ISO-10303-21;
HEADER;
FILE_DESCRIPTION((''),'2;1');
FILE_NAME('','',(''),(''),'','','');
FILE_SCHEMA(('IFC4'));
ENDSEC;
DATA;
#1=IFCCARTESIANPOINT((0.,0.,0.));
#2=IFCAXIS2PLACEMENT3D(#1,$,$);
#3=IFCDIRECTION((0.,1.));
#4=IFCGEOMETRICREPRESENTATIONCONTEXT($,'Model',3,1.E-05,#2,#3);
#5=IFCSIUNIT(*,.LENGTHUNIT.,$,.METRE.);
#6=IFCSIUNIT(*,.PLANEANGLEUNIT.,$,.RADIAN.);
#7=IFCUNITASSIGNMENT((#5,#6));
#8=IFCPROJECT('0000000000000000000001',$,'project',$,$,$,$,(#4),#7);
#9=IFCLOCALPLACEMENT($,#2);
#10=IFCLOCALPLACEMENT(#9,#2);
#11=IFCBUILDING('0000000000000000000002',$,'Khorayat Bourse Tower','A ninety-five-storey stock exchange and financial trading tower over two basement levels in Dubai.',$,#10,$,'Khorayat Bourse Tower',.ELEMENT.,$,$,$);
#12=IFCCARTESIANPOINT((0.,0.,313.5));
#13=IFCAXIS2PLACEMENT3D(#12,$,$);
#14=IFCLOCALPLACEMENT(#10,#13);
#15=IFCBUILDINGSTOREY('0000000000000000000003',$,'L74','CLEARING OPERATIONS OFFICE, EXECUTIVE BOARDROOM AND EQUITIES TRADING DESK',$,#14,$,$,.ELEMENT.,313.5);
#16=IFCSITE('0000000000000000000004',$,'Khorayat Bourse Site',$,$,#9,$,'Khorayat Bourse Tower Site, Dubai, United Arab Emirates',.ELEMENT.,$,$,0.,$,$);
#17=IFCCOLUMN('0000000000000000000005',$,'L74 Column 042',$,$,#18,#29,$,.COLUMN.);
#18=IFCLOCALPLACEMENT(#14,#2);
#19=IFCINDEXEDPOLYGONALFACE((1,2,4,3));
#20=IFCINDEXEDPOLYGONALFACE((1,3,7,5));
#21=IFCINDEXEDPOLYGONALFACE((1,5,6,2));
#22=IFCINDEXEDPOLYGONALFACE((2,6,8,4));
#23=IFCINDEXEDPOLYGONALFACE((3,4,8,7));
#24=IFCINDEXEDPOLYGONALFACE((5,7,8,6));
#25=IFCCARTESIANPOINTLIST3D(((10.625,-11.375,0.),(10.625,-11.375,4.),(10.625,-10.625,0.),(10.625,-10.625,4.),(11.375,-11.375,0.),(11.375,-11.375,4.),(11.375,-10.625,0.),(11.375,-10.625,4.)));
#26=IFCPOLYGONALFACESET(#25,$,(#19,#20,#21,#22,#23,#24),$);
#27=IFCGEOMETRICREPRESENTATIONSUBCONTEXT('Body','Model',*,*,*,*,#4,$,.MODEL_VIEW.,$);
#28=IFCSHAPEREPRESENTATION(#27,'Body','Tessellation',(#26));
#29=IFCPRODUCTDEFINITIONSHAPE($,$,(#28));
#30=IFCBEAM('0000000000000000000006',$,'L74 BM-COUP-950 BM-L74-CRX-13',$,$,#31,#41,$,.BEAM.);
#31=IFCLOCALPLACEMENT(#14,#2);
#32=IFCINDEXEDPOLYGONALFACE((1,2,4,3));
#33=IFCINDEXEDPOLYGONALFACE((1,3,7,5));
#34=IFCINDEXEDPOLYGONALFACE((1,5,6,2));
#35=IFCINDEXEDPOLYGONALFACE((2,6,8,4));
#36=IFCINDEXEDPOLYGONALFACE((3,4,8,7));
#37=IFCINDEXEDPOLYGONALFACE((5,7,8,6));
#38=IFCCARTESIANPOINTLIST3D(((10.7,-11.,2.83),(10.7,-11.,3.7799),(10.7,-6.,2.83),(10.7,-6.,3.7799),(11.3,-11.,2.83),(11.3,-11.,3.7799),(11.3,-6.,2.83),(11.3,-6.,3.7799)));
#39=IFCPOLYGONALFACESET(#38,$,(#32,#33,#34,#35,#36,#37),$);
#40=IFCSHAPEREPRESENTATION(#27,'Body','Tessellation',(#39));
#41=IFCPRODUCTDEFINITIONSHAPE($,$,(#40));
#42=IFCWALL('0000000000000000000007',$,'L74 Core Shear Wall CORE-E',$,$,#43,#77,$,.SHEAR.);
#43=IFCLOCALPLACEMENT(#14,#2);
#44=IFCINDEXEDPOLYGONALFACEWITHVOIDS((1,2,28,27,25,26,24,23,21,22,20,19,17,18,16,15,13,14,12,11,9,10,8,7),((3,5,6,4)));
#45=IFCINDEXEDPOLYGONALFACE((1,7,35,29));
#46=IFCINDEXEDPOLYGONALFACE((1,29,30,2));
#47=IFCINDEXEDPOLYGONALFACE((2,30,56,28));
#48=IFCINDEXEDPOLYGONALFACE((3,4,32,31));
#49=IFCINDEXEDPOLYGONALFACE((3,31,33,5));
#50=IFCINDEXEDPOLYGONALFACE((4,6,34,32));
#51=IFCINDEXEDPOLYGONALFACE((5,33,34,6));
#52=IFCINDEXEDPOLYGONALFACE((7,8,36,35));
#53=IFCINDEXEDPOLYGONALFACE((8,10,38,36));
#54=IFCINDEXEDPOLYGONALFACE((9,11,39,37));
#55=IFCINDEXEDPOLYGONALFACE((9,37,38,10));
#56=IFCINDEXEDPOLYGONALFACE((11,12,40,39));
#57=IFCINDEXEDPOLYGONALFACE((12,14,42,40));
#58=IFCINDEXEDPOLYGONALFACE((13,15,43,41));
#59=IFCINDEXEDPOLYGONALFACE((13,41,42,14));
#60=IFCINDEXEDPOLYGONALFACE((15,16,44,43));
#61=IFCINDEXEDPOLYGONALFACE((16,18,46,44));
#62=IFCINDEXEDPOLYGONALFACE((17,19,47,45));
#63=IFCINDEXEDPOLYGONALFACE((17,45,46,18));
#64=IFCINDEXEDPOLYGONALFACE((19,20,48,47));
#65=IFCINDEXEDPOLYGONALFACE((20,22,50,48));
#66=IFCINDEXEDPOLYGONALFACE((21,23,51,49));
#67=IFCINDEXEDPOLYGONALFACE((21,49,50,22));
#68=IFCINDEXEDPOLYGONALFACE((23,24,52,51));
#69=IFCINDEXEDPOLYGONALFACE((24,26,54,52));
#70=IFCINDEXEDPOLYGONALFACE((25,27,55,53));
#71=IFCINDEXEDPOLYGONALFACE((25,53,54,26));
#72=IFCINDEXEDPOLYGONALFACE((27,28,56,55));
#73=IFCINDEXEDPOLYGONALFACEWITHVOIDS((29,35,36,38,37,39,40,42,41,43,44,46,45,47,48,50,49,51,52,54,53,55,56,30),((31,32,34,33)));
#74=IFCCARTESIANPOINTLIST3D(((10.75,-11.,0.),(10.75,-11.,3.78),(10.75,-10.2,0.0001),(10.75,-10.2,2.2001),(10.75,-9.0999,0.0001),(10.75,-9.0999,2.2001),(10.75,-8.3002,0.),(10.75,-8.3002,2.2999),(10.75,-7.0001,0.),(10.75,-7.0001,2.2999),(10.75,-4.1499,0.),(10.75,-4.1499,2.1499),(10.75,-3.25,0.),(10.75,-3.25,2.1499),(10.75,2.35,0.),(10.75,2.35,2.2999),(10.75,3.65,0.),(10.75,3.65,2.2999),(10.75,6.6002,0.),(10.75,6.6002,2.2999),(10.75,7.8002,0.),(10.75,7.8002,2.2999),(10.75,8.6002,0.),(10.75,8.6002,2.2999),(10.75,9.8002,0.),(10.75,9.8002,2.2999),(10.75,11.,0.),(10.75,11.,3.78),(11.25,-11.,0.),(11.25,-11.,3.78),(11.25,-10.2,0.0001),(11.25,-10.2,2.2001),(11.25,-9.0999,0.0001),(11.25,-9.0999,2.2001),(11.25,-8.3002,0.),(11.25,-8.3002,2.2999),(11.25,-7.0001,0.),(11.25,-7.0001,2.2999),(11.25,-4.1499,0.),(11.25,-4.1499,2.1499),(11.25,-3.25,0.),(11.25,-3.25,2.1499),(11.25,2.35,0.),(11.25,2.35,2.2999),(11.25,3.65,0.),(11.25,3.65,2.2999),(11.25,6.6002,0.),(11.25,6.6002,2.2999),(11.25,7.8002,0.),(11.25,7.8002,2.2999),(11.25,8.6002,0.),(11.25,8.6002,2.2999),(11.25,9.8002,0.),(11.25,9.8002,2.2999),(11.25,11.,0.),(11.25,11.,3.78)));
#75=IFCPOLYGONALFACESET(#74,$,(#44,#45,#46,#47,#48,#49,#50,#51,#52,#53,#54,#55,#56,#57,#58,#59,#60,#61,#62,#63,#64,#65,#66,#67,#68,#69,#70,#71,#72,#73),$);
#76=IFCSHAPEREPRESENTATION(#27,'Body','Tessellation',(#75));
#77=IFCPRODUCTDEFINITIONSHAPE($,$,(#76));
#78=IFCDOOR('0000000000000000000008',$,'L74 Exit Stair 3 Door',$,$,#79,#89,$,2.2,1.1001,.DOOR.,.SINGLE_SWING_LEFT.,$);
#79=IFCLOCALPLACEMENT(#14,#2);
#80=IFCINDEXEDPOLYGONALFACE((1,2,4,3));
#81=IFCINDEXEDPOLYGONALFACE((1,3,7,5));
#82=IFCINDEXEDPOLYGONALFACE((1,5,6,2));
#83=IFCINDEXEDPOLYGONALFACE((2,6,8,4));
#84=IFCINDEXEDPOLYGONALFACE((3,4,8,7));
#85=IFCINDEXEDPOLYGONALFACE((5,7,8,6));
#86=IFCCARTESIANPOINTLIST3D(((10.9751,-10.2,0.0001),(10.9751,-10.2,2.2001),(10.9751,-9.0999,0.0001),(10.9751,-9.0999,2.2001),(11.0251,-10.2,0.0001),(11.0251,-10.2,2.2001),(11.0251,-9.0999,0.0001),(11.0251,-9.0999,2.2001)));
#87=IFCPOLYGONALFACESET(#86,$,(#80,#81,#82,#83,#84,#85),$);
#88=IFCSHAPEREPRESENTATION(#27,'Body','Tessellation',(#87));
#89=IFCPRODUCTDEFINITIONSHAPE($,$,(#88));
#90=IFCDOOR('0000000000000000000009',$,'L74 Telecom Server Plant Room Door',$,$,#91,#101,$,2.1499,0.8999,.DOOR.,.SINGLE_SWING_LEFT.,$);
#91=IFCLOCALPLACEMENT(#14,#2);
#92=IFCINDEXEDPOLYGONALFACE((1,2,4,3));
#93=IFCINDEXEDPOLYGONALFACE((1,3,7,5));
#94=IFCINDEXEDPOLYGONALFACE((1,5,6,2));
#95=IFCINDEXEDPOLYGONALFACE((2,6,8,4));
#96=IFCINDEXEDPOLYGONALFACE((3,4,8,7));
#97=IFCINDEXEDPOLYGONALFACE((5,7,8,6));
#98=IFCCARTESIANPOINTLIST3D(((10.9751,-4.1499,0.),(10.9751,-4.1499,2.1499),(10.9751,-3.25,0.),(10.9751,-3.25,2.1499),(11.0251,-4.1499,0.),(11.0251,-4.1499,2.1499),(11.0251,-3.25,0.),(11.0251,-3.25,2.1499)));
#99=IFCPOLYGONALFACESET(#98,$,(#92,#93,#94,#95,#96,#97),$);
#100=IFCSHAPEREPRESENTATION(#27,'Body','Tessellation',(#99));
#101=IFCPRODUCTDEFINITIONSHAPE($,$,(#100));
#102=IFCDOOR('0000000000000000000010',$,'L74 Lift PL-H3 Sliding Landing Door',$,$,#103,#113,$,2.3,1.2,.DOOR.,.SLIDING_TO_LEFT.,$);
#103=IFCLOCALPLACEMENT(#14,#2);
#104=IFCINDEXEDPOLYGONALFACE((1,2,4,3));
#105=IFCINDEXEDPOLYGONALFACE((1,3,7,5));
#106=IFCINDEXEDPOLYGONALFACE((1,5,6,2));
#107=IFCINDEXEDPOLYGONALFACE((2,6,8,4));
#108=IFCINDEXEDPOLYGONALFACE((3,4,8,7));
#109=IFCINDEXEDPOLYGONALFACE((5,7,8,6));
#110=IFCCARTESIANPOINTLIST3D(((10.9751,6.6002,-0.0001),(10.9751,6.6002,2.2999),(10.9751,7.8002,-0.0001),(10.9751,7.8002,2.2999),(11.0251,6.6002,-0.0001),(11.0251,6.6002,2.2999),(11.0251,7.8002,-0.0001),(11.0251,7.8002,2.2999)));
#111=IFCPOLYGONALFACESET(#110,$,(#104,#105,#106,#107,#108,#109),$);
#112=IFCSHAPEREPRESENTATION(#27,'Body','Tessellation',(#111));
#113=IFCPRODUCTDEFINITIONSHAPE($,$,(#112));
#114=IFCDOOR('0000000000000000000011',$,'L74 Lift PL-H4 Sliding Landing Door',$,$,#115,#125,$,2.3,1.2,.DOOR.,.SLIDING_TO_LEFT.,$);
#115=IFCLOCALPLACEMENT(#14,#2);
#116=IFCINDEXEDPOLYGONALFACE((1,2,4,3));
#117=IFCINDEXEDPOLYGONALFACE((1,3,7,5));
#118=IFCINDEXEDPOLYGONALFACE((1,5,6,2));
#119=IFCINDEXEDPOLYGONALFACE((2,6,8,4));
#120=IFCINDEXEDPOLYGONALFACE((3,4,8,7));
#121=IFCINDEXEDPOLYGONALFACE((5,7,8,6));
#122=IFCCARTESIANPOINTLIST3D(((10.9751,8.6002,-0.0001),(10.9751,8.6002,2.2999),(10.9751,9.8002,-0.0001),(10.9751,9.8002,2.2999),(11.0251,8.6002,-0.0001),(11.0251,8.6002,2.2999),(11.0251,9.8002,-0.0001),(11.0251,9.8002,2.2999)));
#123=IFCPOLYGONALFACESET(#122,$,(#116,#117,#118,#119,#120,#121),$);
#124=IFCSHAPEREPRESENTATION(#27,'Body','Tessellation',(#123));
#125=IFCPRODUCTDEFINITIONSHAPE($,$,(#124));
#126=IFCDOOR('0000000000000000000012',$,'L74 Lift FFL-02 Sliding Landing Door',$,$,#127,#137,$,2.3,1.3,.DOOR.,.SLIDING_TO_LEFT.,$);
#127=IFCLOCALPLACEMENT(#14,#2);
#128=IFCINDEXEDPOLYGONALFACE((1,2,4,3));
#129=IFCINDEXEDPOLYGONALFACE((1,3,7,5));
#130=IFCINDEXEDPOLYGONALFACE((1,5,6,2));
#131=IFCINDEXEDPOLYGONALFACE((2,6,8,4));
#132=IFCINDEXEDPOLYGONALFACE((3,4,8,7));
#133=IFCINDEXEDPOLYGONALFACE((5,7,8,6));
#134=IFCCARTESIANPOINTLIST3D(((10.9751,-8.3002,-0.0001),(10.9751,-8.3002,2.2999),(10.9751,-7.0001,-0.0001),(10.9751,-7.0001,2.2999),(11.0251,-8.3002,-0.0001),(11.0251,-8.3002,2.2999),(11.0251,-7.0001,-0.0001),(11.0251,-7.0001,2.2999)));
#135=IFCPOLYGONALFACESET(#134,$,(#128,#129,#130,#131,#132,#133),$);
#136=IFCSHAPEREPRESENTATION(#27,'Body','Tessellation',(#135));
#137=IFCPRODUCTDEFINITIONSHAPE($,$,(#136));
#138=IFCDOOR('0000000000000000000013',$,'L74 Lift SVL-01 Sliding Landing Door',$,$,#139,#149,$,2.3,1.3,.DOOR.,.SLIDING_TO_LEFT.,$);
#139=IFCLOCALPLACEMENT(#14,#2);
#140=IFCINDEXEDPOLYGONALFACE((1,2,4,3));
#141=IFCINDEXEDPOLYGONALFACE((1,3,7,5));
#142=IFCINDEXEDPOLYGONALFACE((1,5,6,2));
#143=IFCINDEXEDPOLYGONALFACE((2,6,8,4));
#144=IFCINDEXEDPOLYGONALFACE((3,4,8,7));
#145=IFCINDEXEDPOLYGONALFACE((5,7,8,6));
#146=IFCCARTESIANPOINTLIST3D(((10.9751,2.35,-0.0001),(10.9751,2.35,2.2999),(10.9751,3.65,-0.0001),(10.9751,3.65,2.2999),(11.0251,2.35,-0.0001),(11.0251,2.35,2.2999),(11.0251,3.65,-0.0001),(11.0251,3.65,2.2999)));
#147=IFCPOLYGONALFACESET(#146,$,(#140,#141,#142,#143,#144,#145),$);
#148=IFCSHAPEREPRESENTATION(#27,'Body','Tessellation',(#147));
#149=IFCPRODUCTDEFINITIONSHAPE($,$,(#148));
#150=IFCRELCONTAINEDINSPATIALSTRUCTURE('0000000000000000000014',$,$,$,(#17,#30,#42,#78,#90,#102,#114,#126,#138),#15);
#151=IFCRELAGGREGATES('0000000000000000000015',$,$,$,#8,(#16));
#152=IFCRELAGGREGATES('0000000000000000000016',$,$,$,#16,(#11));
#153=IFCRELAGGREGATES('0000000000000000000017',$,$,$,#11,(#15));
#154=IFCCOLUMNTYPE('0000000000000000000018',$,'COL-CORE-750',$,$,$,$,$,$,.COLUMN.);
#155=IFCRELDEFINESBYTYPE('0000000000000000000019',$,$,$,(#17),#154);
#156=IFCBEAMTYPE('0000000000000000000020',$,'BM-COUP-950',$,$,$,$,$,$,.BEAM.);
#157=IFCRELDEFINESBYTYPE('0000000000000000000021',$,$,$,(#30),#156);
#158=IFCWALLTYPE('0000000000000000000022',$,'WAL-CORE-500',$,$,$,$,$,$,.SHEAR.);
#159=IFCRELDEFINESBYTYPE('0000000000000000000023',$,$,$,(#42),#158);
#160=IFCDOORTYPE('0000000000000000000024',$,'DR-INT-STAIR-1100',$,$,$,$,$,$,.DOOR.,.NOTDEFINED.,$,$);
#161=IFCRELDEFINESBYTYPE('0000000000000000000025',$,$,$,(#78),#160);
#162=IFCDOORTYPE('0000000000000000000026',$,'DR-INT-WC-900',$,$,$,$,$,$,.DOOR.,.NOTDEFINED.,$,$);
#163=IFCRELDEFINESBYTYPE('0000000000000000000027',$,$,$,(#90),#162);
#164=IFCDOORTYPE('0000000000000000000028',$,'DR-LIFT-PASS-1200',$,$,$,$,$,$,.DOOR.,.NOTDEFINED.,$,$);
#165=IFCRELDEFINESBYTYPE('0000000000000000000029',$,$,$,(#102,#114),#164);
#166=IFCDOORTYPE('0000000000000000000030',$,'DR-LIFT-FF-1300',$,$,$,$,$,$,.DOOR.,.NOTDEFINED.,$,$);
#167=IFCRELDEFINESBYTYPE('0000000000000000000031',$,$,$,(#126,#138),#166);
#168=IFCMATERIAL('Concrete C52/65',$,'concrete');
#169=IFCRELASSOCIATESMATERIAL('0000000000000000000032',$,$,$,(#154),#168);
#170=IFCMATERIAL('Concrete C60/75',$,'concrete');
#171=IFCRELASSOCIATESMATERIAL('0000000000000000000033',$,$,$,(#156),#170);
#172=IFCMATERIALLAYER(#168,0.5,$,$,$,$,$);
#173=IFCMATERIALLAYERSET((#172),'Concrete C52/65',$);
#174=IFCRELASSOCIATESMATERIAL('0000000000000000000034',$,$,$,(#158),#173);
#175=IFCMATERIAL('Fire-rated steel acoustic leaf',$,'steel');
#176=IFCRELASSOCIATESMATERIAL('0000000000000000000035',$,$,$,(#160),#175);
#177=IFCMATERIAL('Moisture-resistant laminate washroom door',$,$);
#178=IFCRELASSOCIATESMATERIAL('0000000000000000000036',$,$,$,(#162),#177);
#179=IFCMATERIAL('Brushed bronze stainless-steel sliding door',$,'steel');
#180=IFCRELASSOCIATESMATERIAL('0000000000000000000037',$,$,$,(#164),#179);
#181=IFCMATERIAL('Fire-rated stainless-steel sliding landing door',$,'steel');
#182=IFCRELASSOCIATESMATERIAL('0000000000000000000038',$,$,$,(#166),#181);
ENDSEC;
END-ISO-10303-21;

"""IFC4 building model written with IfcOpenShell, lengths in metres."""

from ifc_helpers import new_model, si_unit, direction, frame, frame_2d, origin, origin_2d, place, context, subcontext, project, spatial, rectangle, extrude, source, transform, mapped, material, layer, layer_set, material_profile, profile_set, type_object, element, fill, save


model = new_model("IFC4")

# Units and contexts
model_context = context("Model", 3, precision=1e-05, world=origin(), true_north=direction((0.0, 1.0)))
body_context = subcontext(model_context, "Body", "Model", "MODEL_VIEW")
ifc_project = project(units=[si_unit("LENGTHUNIT", "METRE"), si_unit("PLANEANGLEUNIT", "RADIAN")], contexts=[model_context])

# Site, building, storey
site_placement = place(None, origin())
site = spatial("IfcSite", under=ifc_project, at=site_placement, Name="Khorayat Bourse Site", LongName="Khorayat Bourse Tower Site, Dubai, United Arab Emirates", CompositionType="ELEMENT", RefElevation=0.0)
building_placement = place(site_placement, origin())
building = spatial("IfcBuilding", under=site, at=building_placement, Name="Khorayat Bourse Tower", Description="A ninety-five-storey stock exchange and financial trading tower over two basement levels in Dubai.", LongName="Khorayat Bourse Tower", CompositionType="ELEMENT")
storey_placement = place(building_placement, frame((0.0, 0.0, 313.5)))
storey = spatial("IfcBuildingStorey", under=building, at=storey_placement, Name="L74", Description="CLEARING OPERATIONS OFFICE, EXECUTIVE BOARDROOM AND EQUITIES TRADING DESK", CompositionType="ELEMENT", Elevation=313.5)

# Column
ifc_material_1 = material(Name="Concrete C52/65", Category="concrete")
ifc_material_profile_1 = material_profile(ifc_material_1, rectangle(XDim=0.75, YDim=0.75, at=origin_2d()), Name="RC 750x750")
ifc_profile_set_1 = profile_set([ifc_material_profile_1], Name="Concrete C52/65")
column_type = type_object("IfcColumnType", Name="COL-CORE-750", PredefinedType="COLUMN", material=ifc_profile_set_1)
shared_shape_1 = source(origin(), body_context, "Body", "SweptSolid", [
    extrude(rectangle(XDim=0.75, YDim=0.75, at=origin_2d()), origin(), (0.0, 0.0, 1.0), 4.0),
])
column_placement = place(storey_placement, frame((11.0, -11.0, 0.0), z_axis=(0.0, 0.0, 1.0), x_axis=(1.0, 0.0, 0.0)))
element("IfcColumn", 1, at=column_placement, inside=storey, type_object=column_type, Name="L74 Column 042", PredefinedType="COLUMN", context=body_context, shape_type="MappedRepresentation", body=[
    mapped(shared_shape_1, transform((0.0, 0.0, 0.0), scale=1.0)),
])

# Beam
ifc_material_2 = material(Name="Concrete C60/75", Category="concrete")
ifc_material_profile_2 = material_profile(ifc_material_2, rectangle(XDim=0.6001, YDim=0.95, at=origin_2d()), Name="RC 600x950")
ifc_profile_set_2 = profile_set([ifc_material_profile_2], Name="Concrete C60/75")
beam_type = type_object("IfcBeamType", Name="BM-COUP-950", PredefinedType="BEAM", material=ifc_profile_set_2)
shared_shape_2 = source(origin(), body_context, "Body", "SweptSolid", [
    extrude(rectangle(XDim=0.6001, YDim=0.95, at=origin_2d()), origin(), (0.0, 0.0, 1.0), 5.0),
])
beam_placement = place(storey_placement, frame((11.0, -11.0, 3.3049), z_axis=(0.0, 1.0, 0.0), x_axis=(-1.0, 0.0, 0.0)))
element("IfcBeam", 2, at=beam_placement, inside=storey, type_object=beam_type, Name="L74 BM-COUP-950 BM-L74-CRX-13", PredefinedType="BEAM", context=body_context, shape_type="MappedRepresentation", body=[
    mapped(shared_shape_2, transform((0.0, 0.0, 0.0), scale=1.0)),
])

# Wall, openings, doors
ifc_layer_1 = layer(ifc_material_1, 0.5)
ifc_layer_set_1 = layer_set([ifc_layer_1], Name="Concrete C52/65")
wall_type_1 = type_object("IfcWallType", Name="WAL-CORE-500", PredefinedType="SHEAR", material=ifc_layer_set_1)
shared_shape_3 = source(origin(), body_context, "Body", "SweptSolid", [
    extrude(rectangle(XDim=22.0, YDim=0.5, at=frame_2d((11.0, 0.0))), origin(), (0.0, 0.0, 1.0), 3.78),
])
wall_1_placement = place(storey_placement, frame((11.0, -11.0, 0.0), z_axis=(0.0, 0.0, 1.0), x_axis=(0.0, 1.0, 0.0)))
wall_1 = element("IfcWall", 3, at=wall_1_placement, inside=storey, type_object=wall_type_1, Name="L74 Core Shear Wall CORE-E", PredefinedType="SHEAR", context=body_context, shape_type="MappedRepresentation", body=[
    mapped(shared_shape_3, transform((0.0, 0.0, 0.0), scale=1.0)),
])
shared_shape_4 = source(origin(), body_context, "Body", "SweptSolid", [
    extrude(rectangle(XDim=1.1001, YDim=2.2, at=frame_2d((0.55, 1.1001))), frame((0.0, 0.26, 0.0), z_axis=(0.0, -1.0, 0.0), x_axis=(1.0, 0.0, 0.0)), (0.0, 0.0, 1.0), 0.52),
])
opening_1_placement = place(wall_1_placement, frame((0.8, 0.0, 0.0)))
opening_1 = element("IfcOpeningElement", 4, at=opening_1_placement, cuts=wall_1, PredefinedType="OPENING", context=body_context, shape_type="MappedRepresentation", body=[
    mapped(shared_shape_4, transform((0.0, 0.0, 0.0), scale=1.0)),
])
shared_shape_5 = source(origin(), body_context, "Body", "SweptSolid", [
    extrude(rectangle(XDim=0.8999, YDim=2.1499, at=frame_2d((0.45, 1.075))), frame((0.0, 0.26, 0.0), z_axis=(0.0, -1.0, 0.0), x_axis=(1.0, 0.0, 0.0)), (0.0, 0.0, 1.0), 0.52),
])
opening_2_placement = place(wall_1_placement, frame((6.8501, 0.0, 0.0)))
opening_2 = element("IfcOpeningElement", 5, at=opening_2_placement, cuts=wall_1, PredefinedType="OPENING", context=body_context, shape_type="MappedRepresentation", body=[
    mapped(shared_shape_5, transform((0.0, 0.0, 0.0), scale=1.0)),
])
shared_shape_6 = source(origin(), body_context, "Body", "SweptSolid", [
    extrude(rectangle(XDim=1.2, YDim=2.3, at=frame_2d((0.6001, 1.1499))), frame((0.0, 0.26, 0.0), z_axis=(0.0, -1.0, 0.0), x_axis=(1.0, 0.0, 0.0)), (0.0, 0.0, 1.0), 0.52),
])
opening_3_placement = place(wall_1_placement, frame((17.6001, 0.0, 0.0)))
opening_3 = element("IfcOpeningElement", 6, at=opening_3_placement, cuts=wall_1, PredefinedType="OPENING", context=body_context, shape_type="MappedRepresentation", body=[
    mapped(shared_shape_6, transform((0.0, 0.0, 0.0), scale=1.0)),
])
opening_4_placement = place(wall_1_placement, frame((19.6001, 0.0, 0.0)))
opening_4 = element("IfcOpeningElement", 7, at=opening_4_placement, cuts=wall_1, PredefinedType="OPENING", context=body_context, shape_type="MappedRepresentation", body=[
    mapped(shared_shape_6, transform((0.0, 0.0, 0.0), scale=1.0)),
])
shared_shape_7 = source(origin(), body_context, "Body", "SweptSolid", [
    extrude(rectangle(XDim=1.3, YDim=2.3, at=frame_2d((0.6499, 1.1499))), frame((0.0, 0.26, 0.0), z_axis=(0.0, -1.0, 0.0), x_axis=(1.0, 0.0, 0.0)), (0.0, 0.0, 1.0), 0.52),
])
opening_5_placement = place(wall_1_placement, frame((2.7, 0.0, 0.0)))
opening_5 = element("IfcOpeningElement", 8, at=opening_5_placement, cuts=wall_1, PredefinedType="OPENING", context=body_context, shape_type="MappedRepresentation", body=[
    mapped(shared_shape_7, transform((0.0, 0.0, 0.0), scale=1.0)),
])
opening_6_placement = place(wall_1_placement, frame((13.3501, 0.0, 0.0)))
opening_6 = element("IfcOpeningElement", 9, at=opening_6_placement, cuts=wall_1, PredefinedType="OPENING", context=body_context, shape_type="MappedRepresentation", body=[
    mapped(shared_shape_7, transform((0.0, 0.0, 0.0), scale=1.0)),
])
ifc_material_3 = material(Name="Fire-rated steel acoustic leaf", Category="steel")
door_type_1 = type_object("IfcDoorType", Name="DR-INT-STAIR-1100", OperationType="NOTDEFINED", PredefinedType="DOOR", material=ifc_material_3)
shared_shape_8 = source(origin(), body_context, "Body", "SweptSolid", [
    extrude(rectangle(XDim=1.1001, YDim=2.2, at=frame_2d((0.55, 1.1001))), frame((0.0, 0.0249, 0.0), z_axis=(0.0, -1.0, 0.0), x_axis=(1.0, 0.0, 0.0)), (0.0, 0.0, 1.0), 0.05),
])
door_1_placement = place(opening_1_placement, origin())
door_1 = element("IfcDoor", 10, at=door_1_placement, inside=storey, type_object=door_type_1, Name="L74 Exit Stair 3 Door", OperationType="SINGLE_SWING_LEFT", OverallHeight=2.2, OverallWidth=1.1001, PredefinedType="DOOR", context=body_context, shape_type="MappedRepresentation", body=[
    mapped(shared_shape_8, transform((0.0, 0.0, 0.0), scale=1.0)),
])
fill(opening_1, door_1)
ifc_material_4 = material(Name="Moisture-resistant laminate washroom door")
door_type_2 = type_object("IfcDoorType", Name="DR-INT-WC-900", OperationType="NOTDEFINED", PredefinedType="DOOR", material=ifc_material_4)
shared_shape_9 = source(origin(), body_context, "Body", "SweptSolid", [
    extrude(rectangle(XDim=0.8999, YDim=2.1499, at=frame_2d((0.45, 1.075))), frame((0.0, 0.0249, 0.0), z_axis=(0.0, -1.0, 0.0), x_axis=(1.0, 0.0, 0.0)), (0.0, 0.0, 1.0), 0.05),
])
door_2_placement = place(opening_2_placement, origin())
door_2 = element("IfcDoor", 11, at=door_2_placement, inside=storey, type_object=door_type_2, Name="L74 Telecom Server Plant Room Door", OperationType="SINGLE_SWING_LEFT", OverallHeight=2.1499, OverallWidth=0.8999, PredefinedType="DOOR", context=body_context, shape_type="MappedRepresentation", body=[
    mapped(shared_shape_9, transform((0.0, 0.0, 0.0), scale=1.0)),
])
fill(opening_2, door_2)
ifc_material_5 = material(Name="Brushed bronze stainless-steel sliding door", Category="steel")
door_type_3 = type_object("IfcDoorType", Name="DR-LIFT-PASS-1200", OperationType="NOTDEFINED", PredefinedType="DOOR", material=ifc_material_5)
shared_shape_10 = source(origin(), body_context, "Body", "SweptSolid", [
    extrude(rectangle(XDim=1.2, YDim=2.3, at=frame_2d((0.6001, 1.1499))), frame((0.0, 0.0249, 0.0), z_axis=(0.0, -1.0, 0.0), x_axis=(1.0, 0.0, 0.0)), (0.0, 0.0, 1.0), 0.05),
])
door_3_placement = place(opening_3_placement, origin())
door_3 = element("IfcDoor", 12, at=door_3_placement, inside=storey, type_object=door_type_3, Name="L74 Lift PL-H3 Sliding Landing Door", OperationType="SLIDING_TO_LEFT", OverallHeight=2.3, OverallWidth=1.2, PredefinedType="DOOR", context=body_context, shape_type="MappedRepresentation", body=[
    mapped(shared_shape_10, transform((0.0, 0.0, 0.0), scale=1.0)),
])
fill(opening_3, door_3)
door_4_placement = place(opening_4_placement, origin())
door_4 = element("IfcDoor", 13, at=door_4_placement, inside=storey, type_object=door_type_3, Name="L74 Lift PL-H4 Sliding Landing Door", OperationType="SLIDING_TO_LEFT", OverallHeight=2.3, OverallWidth=1.2, PredefinedType="DOOR", context=body_context, shape_type="MappedRepresentation", body=[
    mapped(shared_shape_10, transform((0.0, 0.0, 0.0), scale=1.0)),
])
fill(opening_4, door_4)
ifc_material_6 = material(Name="Fire-rated stainless-steel sliding landing door", Category="steel")
door_type_4 = type_object("IfcDoorType", Name="DR-LIFT-FF-1300", OperationType="NOTDEFINED", PredefinedType="DOOR", material=ifc_material_6)
shared_shape_11 = source(origin(), body_context, "Body", "SweptSolid", [
    extrude(rectangle(XDim=1.3, YDim=2.3, at=frame_2d((0.6499, 1.1499))), frame((0.0, 0.0249, 0.0), z_axis=(0.0, -1.0, 0.0), x_axis=(1.0, 0.0, 0.0)), (0.0, 0.0, 1.0), 0.05),
])
door_5_placement = place(opening_5_placement, origin())
door_5 = element("IfcDoor", 14, at=door_5_placement, inside=storey, type_object=door_type_4, Name="L74 Lift FFL-02 Sliding Landing Door", OperationType="SLIDING_TO_LEFT", OverallHeight=2.3, OverallWidth=1.3, PredefinedType="DOOR", context=body_context, shape_type="MappedRepresentation", body=[
    mapped(shared_shape_11, transform((0.0, 0.0, 0.0), scale=1.0)),
])
fill(opening_5, door_5)
door_6_placement = place(opening_6_placement, origin())
door_6 = element("IfcDoor", 15, at=door_6_placement, inside=storey, type_object=door_type_4, Name="L74 Lift SVL-01 Sliding Landing Door", OperationType="SLIDING_TO_LEFT", OverallHeight=2.3, OverallWidth=1.3, PredefinedType="DOOR", context=body_context, shape_type="MappedRepresentation", body=[
    mapped(shared_shape_11, transform((0.0, 0.0, 0.0), scale=1.0)),
])
fill(opening_6, door_6)

save(model, "model.ifc")
